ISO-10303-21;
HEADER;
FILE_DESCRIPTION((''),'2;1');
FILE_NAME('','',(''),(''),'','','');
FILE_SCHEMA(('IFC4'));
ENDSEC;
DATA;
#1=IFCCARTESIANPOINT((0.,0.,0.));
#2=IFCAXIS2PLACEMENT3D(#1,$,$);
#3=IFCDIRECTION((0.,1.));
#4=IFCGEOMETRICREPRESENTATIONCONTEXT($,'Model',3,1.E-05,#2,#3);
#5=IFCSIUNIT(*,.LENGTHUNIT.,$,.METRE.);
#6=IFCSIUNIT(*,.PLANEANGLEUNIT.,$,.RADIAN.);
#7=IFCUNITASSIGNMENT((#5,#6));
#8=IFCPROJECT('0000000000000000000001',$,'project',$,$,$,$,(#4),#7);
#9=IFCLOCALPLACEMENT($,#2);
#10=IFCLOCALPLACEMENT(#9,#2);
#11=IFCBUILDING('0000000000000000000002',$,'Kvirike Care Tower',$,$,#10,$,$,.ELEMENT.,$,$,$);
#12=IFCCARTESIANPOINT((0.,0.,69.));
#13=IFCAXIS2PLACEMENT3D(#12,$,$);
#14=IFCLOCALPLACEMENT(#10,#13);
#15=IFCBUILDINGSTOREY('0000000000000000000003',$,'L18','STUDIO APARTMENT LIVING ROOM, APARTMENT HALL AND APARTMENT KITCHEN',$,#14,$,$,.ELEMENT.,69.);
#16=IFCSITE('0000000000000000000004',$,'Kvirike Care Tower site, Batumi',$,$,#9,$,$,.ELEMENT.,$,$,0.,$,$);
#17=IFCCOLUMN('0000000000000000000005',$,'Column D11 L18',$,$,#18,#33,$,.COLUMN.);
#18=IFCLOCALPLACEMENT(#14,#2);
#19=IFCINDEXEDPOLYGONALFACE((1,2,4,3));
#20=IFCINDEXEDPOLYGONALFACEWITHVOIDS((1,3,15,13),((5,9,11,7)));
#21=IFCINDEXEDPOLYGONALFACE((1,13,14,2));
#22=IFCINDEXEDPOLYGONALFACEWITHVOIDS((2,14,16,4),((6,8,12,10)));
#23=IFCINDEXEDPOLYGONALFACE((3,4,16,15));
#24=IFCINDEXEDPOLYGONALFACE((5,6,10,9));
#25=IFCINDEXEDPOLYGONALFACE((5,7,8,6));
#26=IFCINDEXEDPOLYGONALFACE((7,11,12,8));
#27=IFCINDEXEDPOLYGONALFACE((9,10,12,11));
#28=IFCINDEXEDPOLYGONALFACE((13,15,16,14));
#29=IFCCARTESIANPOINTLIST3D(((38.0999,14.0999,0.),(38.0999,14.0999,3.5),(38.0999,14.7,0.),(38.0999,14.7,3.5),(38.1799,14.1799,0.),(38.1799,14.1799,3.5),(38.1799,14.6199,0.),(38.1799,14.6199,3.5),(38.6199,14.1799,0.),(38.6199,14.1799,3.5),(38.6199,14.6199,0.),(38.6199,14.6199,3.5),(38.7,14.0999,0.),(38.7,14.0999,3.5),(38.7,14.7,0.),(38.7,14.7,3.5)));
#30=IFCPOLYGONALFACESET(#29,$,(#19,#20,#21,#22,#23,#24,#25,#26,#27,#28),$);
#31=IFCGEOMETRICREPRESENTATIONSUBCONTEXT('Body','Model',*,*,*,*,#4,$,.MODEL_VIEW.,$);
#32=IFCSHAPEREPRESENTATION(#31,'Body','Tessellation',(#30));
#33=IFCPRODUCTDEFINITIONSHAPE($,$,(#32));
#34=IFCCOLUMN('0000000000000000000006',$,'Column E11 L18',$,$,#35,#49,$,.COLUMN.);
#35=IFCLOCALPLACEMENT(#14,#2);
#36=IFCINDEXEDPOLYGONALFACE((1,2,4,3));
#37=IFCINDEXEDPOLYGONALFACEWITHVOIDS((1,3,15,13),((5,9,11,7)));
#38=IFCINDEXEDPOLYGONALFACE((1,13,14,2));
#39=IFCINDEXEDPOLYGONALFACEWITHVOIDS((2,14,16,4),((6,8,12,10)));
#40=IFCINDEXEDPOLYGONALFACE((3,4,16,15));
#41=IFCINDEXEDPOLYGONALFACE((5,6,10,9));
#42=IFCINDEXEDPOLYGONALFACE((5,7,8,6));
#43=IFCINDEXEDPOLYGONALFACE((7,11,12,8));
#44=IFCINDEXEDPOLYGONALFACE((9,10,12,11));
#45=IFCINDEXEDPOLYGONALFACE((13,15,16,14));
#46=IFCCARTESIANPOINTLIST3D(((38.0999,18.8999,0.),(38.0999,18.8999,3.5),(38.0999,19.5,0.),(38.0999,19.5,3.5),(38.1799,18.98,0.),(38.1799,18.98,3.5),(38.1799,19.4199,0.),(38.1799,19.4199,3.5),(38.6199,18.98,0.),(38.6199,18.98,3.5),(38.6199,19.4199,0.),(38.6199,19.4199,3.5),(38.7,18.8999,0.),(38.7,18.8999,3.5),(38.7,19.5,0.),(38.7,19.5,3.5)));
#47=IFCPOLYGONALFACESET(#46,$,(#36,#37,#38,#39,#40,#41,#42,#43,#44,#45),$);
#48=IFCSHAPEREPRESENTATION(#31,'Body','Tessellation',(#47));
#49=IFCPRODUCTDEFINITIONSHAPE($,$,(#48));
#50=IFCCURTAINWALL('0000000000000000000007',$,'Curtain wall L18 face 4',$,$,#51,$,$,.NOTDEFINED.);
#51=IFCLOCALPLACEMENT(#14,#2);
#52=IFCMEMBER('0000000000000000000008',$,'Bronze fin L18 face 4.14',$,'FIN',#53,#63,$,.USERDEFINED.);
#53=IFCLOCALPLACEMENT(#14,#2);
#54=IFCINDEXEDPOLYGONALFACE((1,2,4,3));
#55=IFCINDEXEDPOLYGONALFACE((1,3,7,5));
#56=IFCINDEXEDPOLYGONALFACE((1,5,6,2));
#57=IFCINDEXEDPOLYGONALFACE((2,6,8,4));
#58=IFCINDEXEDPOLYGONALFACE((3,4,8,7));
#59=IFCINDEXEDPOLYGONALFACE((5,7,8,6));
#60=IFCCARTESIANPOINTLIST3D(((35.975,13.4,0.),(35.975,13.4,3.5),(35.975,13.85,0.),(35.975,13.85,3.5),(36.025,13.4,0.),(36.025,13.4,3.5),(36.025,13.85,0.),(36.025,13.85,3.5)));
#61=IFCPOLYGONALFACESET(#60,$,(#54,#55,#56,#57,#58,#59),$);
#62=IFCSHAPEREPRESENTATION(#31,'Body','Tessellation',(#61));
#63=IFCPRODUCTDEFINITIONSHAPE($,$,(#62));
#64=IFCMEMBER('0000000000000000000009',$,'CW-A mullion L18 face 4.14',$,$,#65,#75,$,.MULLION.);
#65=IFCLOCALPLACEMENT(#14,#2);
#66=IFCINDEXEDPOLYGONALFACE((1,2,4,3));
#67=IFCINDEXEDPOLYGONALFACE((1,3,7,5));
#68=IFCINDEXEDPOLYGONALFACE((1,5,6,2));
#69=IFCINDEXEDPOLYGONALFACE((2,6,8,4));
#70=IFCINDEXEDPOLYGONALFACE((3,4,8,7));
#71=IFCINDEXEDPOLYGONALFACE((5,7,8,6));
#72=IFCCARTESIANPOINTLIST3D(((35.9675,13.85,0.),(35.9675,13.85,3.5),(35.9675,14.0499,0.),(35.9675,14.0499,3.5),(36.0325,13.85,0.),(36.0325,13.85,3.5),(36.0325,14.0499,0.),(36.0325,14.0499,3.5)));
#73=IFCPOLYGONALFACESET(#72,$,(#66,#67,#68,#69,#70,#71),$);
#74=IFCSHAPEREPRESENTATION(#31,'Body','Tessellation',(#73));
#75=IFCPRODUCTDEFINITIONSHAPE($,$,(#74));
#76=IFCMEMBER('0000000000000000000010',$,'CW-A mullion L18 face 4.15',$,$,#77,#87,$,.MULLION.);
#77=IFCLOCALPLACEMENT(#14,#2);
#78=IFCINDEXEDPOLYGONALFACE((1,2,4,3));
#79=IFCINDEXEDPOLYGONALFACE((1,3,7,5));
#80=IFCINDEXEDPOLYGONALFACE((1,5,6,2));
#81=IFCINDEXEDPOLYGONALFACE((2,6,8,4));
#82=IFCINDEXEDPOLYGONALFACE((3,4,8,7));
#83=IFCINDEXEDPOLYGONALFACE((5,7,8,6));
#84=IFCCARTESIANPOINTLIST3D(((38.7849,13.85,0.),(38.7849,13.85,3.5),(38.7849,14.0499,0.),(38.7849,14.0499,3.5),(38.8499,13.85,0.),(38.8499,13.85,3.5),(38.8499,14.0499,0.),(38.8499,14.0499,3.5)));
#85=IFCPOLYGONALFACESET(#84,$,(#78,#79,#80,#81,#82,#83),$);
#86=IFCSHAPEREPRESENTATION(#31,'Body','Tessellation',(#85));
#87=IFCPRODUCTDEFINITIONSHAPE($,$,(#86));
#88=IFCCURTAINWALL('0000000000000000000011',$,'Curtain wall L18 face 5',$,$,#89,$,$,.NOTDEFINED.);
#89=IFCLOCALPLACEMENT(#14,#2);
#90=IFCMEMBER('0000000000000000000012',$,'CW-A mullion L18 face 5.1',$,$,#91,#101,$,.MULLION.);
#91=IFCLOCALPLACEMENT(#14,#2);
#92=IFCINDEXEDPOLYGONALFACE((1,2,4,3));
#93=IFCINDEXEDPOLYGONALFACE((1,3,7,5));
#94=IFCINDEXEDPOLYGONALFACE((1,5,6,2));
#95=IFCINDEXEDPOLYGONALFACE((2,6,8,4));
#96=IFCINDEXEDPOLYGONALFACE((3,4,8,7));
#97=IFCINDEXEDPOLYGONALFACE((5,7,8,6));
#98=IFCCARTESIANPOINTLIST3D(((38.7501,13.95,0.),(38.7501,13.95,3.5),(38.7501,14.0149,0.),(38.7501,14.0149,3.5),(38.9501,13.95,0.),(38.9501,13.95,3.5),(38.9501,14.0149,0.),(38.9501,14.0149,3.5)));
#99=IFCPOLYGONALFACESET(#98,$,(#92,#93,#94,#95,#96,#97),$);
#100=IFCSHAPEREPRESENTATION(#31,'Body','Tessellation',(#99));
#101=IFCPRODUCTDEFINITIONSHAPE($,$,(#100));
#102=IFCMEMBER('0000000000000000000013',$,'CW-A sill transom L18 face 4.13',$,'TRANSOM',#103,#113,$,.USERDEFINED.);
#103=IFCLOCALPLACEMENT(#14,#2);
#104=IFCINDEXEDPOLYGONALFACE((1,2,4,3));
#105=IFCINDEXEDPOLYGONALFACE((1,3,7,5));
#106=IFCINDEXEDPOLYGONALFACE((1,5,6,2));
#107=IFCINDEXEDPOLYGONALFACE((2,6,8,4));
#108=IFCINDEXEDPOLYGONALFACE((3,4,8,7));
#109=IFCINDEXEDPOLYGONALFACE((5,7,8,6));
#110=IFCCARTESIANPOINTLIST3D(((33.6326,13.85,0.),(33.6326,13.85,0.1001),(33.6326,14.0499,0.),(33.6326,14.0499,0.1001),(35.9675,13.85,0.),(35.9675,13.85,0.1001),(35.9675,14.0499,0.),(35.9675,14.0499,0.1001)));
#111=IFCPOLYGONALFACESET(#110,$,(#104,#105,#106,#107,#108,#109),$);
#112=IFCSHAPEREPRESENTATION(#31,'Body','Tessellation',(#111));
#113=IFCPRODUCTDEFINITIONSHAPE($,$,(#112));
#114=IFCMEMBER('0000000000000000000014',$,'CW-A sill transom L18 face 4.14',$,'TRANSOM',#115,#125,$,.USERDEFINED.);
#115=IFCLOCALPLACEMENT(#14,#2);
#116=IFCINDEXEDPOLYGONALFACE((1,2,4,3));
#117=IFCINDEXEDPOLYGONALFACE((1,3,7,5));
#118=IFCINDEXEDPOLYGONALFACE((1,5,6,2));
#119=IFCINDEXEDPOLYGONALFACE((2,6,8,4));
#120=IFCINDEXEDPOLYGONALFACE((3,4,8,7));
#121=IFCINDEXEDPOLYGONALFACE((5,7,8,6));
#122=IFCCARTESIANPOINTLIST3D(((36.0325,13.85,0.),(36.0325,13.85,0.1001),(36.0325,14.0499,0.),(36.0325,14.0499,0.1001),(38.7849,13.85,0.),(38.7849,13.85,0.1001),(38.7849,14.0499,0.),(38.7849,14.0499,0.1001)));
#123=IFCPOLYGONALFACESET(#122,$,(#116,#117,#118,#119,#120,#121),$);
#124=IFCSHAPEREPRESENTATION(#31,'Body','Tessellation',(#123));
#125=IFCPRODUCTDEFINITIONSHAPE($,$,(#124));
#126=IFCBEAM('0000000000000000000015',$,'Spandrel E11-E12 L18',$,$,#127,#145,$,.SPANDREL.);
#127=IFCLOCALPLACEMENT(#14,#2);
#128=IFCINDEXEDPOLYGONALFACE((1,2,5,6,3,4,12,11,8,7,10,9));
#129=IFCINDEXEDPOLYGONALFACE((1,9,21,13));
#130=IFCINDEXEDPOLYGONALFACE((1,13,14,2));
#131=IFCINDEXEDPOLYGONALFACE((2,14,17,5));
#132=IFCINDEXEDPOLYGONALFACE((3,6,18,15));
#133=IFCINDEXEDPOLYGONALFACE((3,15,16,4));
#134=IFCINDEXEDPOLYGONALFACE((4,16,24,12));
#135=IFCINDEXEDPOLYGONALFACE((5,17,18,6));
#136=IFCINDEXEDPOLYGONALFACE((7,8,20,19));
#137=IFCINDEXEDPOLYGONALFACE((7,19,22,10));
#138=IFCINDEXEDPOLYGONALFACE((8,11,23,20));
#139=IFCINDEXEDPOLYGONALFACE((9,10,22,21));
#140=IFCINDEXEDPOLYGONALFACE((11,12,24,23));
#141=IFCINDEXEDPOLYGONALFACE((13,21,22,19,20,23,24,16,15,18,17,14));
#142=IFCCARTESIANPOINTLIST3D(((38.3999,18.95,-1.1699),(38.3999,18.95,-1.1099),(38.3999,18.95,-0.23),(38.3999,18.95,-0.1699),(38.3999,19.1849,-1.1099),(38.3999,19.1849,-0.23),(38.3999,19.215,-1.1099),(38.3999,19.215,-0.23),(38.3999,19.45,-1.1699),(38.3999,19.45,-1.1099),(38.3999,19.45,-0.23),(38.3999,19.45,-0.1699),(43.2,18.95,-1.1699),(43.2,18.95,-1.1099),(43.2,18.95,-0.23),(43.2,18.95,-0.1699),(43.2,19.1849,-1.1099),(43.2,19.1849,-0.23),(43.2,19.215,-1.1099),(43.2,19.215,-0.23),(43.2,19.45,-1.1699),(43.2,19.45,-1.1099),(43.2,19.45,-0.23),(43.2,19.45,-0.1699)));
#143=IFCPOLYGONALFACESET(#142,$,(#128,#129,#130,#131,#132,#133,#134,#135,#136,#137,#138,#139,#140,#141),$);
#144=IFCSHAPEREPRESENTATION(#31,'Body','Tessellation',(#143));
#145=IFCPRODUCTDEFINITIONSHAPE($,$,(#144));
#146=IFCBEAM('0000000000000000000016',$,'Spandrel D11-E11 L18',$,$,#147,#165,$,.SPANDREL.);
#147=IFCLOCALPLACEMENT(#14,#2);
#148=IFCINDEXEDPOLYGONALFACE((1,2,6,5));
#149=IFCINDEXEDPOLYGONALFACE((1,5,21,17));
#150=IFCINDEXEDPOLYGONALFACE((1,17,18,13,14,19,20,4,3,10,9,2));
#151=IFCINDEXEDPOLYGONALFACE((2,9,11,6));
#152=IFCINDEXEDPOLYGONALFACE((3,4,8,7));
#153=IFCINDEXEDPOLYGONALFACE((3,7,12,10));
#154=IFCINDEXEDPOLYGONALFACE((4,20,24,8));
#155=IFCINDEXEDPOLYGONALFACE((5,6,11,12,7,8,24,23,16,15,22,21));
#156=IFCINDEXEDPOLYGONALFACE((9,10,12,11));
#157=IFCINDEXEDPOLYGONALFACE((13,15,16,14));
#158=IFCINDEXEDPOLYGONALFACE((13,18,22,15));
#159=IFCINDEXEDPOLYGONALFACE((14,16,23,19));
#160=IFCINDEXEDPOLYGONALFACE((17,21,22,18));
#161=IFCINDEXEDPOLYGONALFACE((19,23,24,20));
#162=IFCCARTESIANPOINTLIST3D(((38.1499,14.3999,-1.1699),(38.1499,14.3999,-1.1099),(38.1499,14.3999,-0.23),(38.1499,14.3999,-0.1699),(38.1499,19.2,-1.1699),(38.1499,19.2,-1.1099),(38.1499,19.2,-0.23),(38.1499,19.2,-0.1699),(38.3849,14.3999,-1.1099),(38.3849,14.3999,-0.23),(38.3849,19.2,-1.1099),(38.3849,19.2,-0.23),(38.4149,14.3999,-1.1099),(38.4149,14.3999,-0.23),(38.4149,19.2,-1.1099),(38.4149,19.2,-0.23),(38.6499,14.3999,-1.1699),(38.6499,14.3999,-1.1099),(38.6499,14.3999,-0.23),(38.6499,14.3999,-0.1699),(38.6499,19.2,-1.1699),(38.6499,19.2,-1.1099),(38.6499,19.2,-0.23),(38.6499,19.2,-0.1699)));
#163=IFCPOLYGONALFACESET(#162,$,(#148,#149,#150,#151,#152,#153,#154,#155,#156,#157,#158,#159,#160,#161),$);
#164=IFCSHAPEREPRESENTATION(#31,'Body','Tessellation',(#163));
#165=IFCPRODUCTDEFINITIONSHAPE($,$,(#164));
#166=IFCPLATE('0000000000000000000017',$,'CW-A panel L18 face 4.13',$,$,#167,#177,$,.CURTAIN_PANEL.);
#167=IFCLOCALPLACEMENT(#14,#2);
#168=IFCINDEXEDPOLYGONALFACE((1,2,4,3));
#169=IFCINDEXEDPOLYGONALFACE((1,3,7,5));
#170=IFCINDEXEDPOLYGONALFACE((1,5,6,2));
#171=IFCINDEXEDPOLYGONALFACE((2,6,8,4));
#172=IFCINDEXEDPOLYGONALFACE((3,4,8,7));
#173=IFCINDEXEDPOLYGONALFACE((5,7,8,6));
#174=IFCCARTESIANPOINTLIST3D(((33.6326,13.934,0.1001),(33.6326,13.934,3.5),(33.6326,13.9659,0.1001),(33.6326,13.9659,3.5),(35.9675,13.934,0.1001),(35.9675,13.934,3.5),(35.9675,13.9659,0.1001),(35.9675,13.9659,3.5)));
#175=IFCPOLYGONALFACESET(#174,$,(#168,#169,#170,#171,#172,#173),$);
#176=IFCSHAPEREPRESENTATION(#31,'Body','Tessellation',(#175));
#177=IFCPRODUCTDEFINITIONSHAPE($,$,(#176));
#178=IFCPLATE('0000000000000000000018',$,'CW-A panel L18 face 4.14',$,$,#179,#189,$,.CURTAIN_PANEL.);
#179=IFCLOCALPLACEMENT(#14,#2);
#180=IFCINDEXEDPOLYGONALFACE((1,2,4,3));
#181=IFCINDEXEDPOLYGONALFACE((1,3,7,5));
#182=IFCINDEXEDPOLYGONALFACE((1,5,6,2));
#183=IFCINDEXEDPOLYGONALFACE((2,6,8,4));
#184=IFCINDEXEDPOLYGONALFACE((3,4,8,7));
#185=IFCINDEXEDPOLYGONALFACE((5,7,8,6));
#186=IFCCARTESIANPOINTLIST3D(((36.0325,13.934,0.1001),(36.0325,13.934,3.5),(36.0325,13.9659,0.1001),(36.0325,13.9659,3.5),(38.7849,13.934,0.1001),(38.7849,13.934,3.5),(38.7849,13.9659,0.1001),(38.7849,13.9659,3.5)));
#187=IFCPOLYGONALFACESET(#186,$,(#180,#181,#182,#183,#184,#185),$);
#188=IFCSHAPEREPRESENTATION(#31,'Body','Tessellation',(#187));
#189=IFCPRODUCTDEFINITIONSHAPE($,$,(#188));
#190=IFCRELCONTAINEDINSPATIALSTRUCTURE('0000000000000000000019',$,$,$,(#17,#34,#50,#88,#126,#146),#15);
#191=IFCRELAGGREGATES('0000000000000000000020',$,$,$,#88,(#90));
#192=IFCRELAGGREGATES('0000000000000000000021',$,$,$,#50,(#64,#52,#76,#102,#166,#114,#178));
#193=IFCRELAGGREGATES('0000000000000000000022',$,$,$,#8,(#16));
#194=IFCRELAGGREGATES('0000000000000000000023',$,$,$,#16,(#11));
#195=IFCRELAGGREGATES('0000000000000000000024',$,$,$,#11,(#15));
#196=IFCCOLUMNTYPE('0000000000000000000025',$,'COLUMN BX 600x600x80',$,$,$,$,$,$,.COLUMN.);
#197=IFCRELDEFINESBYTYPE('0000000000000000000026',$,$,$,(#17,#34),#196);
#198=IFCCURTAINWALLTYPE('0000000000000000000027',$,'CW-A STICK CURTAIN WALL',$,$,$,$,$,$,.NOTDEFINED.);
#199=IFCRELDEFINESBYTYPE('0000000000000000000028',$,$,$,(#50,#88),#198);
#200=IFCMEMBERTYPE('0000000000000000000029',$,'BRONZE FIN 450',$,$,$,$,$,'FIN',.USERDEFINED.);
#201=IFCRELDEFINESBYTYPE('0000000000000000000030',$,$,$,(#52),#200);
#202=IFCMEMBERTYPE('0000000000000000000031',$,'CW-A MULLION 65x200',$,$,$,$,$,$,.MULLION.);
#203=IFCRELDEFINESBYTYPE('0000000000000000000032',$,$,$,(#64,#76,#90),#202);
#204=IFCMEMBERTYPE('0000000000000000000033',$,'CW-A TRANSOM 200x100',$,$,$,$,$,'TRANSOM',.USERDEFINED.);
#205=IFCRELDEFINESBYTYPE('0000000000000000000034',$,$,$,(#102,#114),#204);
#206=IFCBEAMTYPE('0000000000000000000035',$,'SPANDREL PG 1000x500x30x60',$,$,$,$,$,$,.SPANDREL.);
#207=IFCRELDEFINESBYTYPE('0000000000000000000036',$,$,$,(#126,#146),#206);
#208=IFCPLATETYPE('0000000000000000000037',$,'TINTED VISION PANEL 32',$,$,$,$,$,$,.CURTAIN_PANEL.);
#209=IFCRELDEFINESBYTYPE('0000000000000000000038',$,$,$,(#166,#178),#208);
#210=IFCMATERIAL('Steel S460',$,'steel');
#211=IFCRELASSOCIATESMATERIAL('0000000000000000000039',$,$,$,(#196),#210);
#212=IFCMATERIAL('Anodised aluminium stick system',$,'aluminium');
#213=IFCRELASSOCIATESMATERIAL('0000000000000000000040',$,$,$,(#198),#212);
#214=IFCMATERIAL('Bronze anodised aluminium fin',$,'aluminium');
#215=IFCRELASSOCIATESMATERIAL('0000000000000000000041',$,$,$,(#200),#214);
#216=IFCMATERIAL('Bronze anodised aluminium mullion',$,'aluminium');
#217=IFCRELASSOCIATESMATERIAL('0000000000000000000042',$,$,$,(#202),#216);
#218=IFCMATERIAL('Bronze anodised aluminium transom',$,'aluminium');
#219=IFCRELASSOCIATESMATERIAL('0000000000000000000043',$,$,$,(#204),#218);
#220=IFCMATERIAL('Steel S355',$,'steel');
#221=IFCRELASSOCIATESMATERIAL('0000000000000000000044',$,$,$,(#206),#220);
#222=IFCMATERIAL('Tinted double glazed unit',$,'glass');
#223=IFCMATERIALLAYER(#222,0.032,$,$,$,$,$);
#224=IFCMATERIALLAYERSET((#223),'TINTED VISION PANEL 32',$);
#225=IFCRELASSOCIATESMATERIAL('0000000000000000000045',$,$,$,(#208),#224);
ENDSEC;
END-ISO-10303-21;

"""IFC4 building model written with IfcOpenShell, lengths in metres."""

from ifc_helpers import new_model, si_unit, direction, frame, origin, origin_2d, place, context, subcontext, project, spatial, rectangle, hollow_rectangle, i_section, extrude, material, layer, layer_set, material_profile, profile_set, type_object, element, aggregate, save


model = new_model("IFC4")

# Units and contexts
model_context = context("Model", 3, precision=1e-05, world=origin(), true_north=direction((0.0, 1.0)))
body_context = subcontext(model_context, "Body", "Model", "MODEL_VIEW")
ifc_project = project(units=[si_unit("LENGTHUNIT", "METRE"), si_unit("PLANEANGLEUNIT", "RADIAN")], contexts=[model_context])

# Site, building, storey
site_placement = place(None, origin())
site = spatial("IfcSite", under=ifc_project, at=site_placement, Name="Kvirike Care Tower site, Batumi", CompositionType="ELEMENT", RefElevation=0.0)
building_placement = place(site_placement, origin())
building = spatial("IfcBuilding", under=site, at=building_placement, Name="Kvirike Care Tower", CompositionType="ELEMENT")
storey_placement = place(building_placement, frame((0.0, 0.0, 69.0)))
storey = spatial("IfcBuildingStorey", under=building, at=storey_placement, Name="L18", Description="STUDIO APARTMENT LIVING ROOM, APARTMENT HALL AND APARTMENT KITCHEN", CompositionType="ELEMENT", Elevation=69.0)

# Columns
ifc_material_1 = material(Name="Steel S460", Category="steel")
ifc_material_profile_1 = material_profile(ifc_material_1, hollow_rectangle(XDim=0.6001, YDim=0.6001, WallThickness=0.0801, at=origin_2d()), Name="BX 600x600x80")
ifc_profile_set_1 = profile_set([ifc_material_profile_1], Name="Steel S460")
column_type = type_object("IfcColumnType", Name="COLUMN BX 600x600x80", PredefinedType="COLUMN", material=ifc_profile_set_1)
for number, where, z_axis, x_axis, name in (
    (1, (38.3999, 14.3999, 0.0), (0.0, 0.0, 1.0), (0.0, 1.0, 0.0), "Column D11 L18"),
    (2, (38.3999, 19.2, 0.0), (0.0, 0.0, 1.0), (0.0, 1.0, 0.0), "Column E11 L18"),
):
    element("IfcColumn", number, at=place(storey_placement, frame(where, z_axis=z_axis, x_axis=x_axis)), inside=storey, type_object=column_type, Name=name, PredefinedType="COLUMN", context=body_context, shape_type="SweptSolid", body=[
        extrude(hollow_rectangle(XDim=0.6001, YDim=0.6001, WallThickness=0.0801, at=origin_2d()), origin(), (0.0, 0.0, 1.0), 3.5),
    ])

# Curtain wall, members
ifc_material_2 = material(Name="Anodised aluminium stick system", Category="aluminium")
curtain_wall_type = type_object("IfcCurtainWallType", Name="CW-A STICK CURTAIN WALL", PredefinedType="NOTDEFINED", material=ifc_material_2)
curtain_wall_1_placement = place(storey_placement, origin())
curtain_wall_1 = element("IfcCurtainWall", 3, at=curtain_wall_1_placement, inside=storey, type_object=curtain_wall_type, Name="Curtain wall L18 face 4", PredefinedType="NOTDEFINED")
ifc_material_3 = material(Name="Bronze anodised aluminium fin", Category="aluminium")
ifc_material_profile_2 = material_profile(ifc_material_3, rectangle(XDim=0.05, YDim=0.45, at=origin_2d()), Name="BRONZE FIN 450")
ifc_profile_set_2 = profile_set([ifc_material_profile_2], Name="Bronze anodised aluminium fin")
member_type_1 = type_object("IfcMemberType", Name="BRONZE FIN 450", ElementType="FIN", PredefinedType="USERDEFINED", material=ifc_profile_set_2)
member_1_placement = place(storey_placement, frame((36.0, 13.625, 0.0), z_axis=(0.0, 0.0, 1.0), x_axis=(1.0, 0.0, 0.0)))
member_1 = element("IfcMember", 4, at=member_1_placement, type_object=member_type_1, Name="Bronze fin L18 face 4.14", ObjectType="FIN", PredefinedType="USERDEFINED", context=body_context, shape_type="SweptSolid", body=[
    extrude(rectangle(XDim=0.05, YDim=0.45, at=origin_2d()), origin(), (0.0, 0.0, 1.0), 3.5),
])
ifc_material_4 = material(Name="Bronze anodised aluminium mullion", Category="aluminium")
ifc_material_profile_3 = material_profile(ifc_material_4, rectangle(XDim=0.0649, YDim=0.2, at=origin_2d()), Name="CW-A MULLION 65x200")
ifc_profile_set_3 = profile_set([ifc_material_profile_3], Name="Bronze anodised aluminium mullion")
member_type_2 = type_object("IfcMemberType", Name="CW-A MULLION 65x200", PredefinedType="MULLION", material=ifc_profile_set_3)
member_2_placement = place(storey_placement, frame((36.0, 13.95, 0.0), z_axis=(0.0, 0.0, 1.0), x_axis=(1.0, 0.0, 0.0)))
member_2 = element("IfcMember", 5, at=member_2_placement, type_object=member_type_2, Name="CW-A mullion L18 face 4.14", PredefinedType="MULLION", context=body_context, shape_type="SweptSolid", body=[
    extrude(rectangle(XDim=0.0649, YDim=0.2, at=origin_2d()), origin(), (0.0, 0.0, 1.0), 3.5),
])
member_3_placement = place(storey_placement, frame((38.8174, 13.95, 0.0), z_axis=(0.0, 0.0, 1.0), x_axis=(1.0, 0.0, 0.0)))
member_3 = element("IfcMember", 6, at=member_3_placement, type_object=member_type_2, Name="CW-A mullion L18 face 4.15", PredefinedType="MULLION", context=body_context, shape_type="SweptSolid", body=[
    extrude(rectangle(XDim=0.0649, YDim=0.2, at=origin_2d()), origin(), (0.0, 0.0, 1.0), 3.5),
])

# Curtain wall, member
curtain_wall_2_placement = place(storey_placement, origin())
curtain_wall_2 = element("IfcCurtainWall", 7, at=curtain_wall_2_placement, inside=storey, type_object=curtain_wall_type, Name="Curtain wall L18 face 5", PredefinedType="NOTDEFINED")
member_4_placement = place(storey_placement, frame((38.8501, 13.9824, 0.0), z_axis=(0.0, 0.0, 1.0), x_axis=(0.0, 1.0, 0.0)))
member_4 = element("IfcMember", 8, at=member_4_placement, type_object=member_type_2, Name="CW-A mullion L18 face 5.1", PredefinedType="MULLION", context=body_context, shape_type="SweptSolid", body=[
    extrude(rectangle(XDim=0.0649, YDim=0.2, at=origin_2d()), origin(), (0.0, 0.0, 1.0), 3.5),
])
aggregate(curtain_wall_2, [member_4])

# Members
ifc_material_5 = material(Name="Bronze anodised aluminium transom", Category="aluminium")
ifc_material_profile_4 = material_profile(ifc_material_5, rectangle(XDim=0.2, YDim=0.1001, at=origin_2d()), Name="CW-A TRANSOM 200x100")
ifc_profile_set_4 = profile_set([ifc_material_profile_4], Name="Bronze anodised aluminium transom")
member_type_3 = type_object("IfcMemberType", Name="CW-A TRANSOM 200x100", ElementType="TRANSOM", PredefinedType="USERDEFINED", material=ifc_profile_set_4)
member_5_placement = place(storey_placement, frame((33.6326, 13.95, 0.05), z_axis=(1.0, 0.0, 0.0), x_axis=(0.0, 1.0, 0.0)))
member_5 = element("IfcMember", 9, at=member_5_placement, type_object=member_type_3, Name="CW-A sill transom L18 face 4.13", ObjectType="TRANSOM", PredefinedType="USERDEFINED", context=body_context, shape_type="SweptSolid", body=[
    extrude(rectangle(XDim=0.2, YDim=0.1001, at=origin_2d()), origin(), (0.0, 0.0, 1.0), 2.335),
])
member_6_placement = place(storey_placement, frame((36.0325, 13.95, 0.05), z_axis=(1.0, 0.0, 0.0), x_axis=(0.0, 1.0, 0.0)))
member_6 = element("IfcMember", 10, at=member_6_placement, type_object=member_type_3, Name="CW-A sill transom L18 face 4.14", ObjectType="TRANSOM", PredefinedType="USERDEFINED", context=body_context, shape_type="SweptSolid", body=[
    extrude(rectangle(XDim=0.2, YDim=0.1001, at=origin_2d()), origin(), (0.0, 0.0, 1.0), 2.7524),
])

# Beams
ifc_material_6 = material(Name="Steel S355", Category="steel")
ifc_material_profile_5 = material_profile(ifc_material_6, i_section(OverallWidth=0.5, OverallDepth=1.0, WebThickness=0.03, FlangeThickness=0.0601, at=origin_2d()), Name="PG 1000x500x30x60")
ifc_profile_set_5 = profile_set([ifc_material_profile_5], Name="Steel S355")
beam_type = type_object("IfcBeamType", Name="SPANDREL PG 1000x500x30x60", PredefinedType="SPANDREL", material=ifc_profile_set_5)
for number, where, z_axis, x_axis, name in (
    (11, (38.3999, 19.2, -0.6699), (1.0, 0.0, 0.0), (0.0, 1.0, 0.0), "Spandrel E11-E12 L18"),
    (12, (38.3999, 14.3999, -0.6699), (0.0, 1.0, 0.0), (-1.0, 0.0, 0.0), "Spandrel D11-E11 L18"),
):
    element("IfcBeam", number, at=place(storey_placement, frame(where, z_axis=z_axis, x_axis=x_axis)), inside=storey, type_object=beam_type, Name=name, PredefinedType="SPANDREL", context=body_context, shape_type="SweptSolid", body=[
        extrude(i_section(OverallWidth=0.5, OverallDepth=1.0, WebThickness=0.03, FlangeThickness=0.0601, at=origin_2d()), origin(), (0.0, 0.0, 1.0), 4.8),
    ])

# Plates
ifc_material_7 = material(Name="Tinted double glazed unit", Category="glass")
ifc_layer_1 = layer(ifc_material_7, 0.032)
ifc_layer_set_1 = layer_set([ifc_layer_1], Name="TINTED VISION PANEL 32")
plate_type = type_object("IfcPlateType", Name="TINTED VISION PANEL 32", PredefinedType="CURTAIN_PANEL", material=ifc_layer_set_1)
plate_1_placement = place(storey_placement, frame((34.8, 13.95, 0.1001), z_axis=(0.0, 0.0, 1.0), x_axis=(1.0, 0.0, 0.0)))
plate_1 = element("IfcPlate", 13, at=plate_1_placement, type_object=plate_type, Name="CW-A panel L18 face 4.13", PredefinedType="CURTAIN_PANEL", context=body_context, shape_type="SweptSolid", body=[
    extrude(rectangle(XDim=2.335, YDim=0.032, at=origin_2d()), origin(), (0.0, 0.0, 1.0), 3.3999),
])
plate_2_placement = place(storey_placement, frame((37.4087, 13.95, 0.1001), z_axis=(0.0, 0.0, 1.0), x_axis=(1.0, 0.0, 0.0)))
plate_2 = element("IfcPlate", 14, at=plate_2_placement, type_object=plate_type, Name="CW-A panel L18 face 4.14", PredefinedType="CURTAIN_PANEL", context=body_context, shape_type="SweptSolid", body=[
    extrude(rectangle(XDim=2.7524, YDim=0.032, at=origin_2d()), origin(), (0.0, 0.0, 1.0), 3.3999),
])
aggregate(curtain_wall_1, [member_2, member_1, member_3, member_5, plate_1, member_6, plate_2])

save(model, "model.ifc")
